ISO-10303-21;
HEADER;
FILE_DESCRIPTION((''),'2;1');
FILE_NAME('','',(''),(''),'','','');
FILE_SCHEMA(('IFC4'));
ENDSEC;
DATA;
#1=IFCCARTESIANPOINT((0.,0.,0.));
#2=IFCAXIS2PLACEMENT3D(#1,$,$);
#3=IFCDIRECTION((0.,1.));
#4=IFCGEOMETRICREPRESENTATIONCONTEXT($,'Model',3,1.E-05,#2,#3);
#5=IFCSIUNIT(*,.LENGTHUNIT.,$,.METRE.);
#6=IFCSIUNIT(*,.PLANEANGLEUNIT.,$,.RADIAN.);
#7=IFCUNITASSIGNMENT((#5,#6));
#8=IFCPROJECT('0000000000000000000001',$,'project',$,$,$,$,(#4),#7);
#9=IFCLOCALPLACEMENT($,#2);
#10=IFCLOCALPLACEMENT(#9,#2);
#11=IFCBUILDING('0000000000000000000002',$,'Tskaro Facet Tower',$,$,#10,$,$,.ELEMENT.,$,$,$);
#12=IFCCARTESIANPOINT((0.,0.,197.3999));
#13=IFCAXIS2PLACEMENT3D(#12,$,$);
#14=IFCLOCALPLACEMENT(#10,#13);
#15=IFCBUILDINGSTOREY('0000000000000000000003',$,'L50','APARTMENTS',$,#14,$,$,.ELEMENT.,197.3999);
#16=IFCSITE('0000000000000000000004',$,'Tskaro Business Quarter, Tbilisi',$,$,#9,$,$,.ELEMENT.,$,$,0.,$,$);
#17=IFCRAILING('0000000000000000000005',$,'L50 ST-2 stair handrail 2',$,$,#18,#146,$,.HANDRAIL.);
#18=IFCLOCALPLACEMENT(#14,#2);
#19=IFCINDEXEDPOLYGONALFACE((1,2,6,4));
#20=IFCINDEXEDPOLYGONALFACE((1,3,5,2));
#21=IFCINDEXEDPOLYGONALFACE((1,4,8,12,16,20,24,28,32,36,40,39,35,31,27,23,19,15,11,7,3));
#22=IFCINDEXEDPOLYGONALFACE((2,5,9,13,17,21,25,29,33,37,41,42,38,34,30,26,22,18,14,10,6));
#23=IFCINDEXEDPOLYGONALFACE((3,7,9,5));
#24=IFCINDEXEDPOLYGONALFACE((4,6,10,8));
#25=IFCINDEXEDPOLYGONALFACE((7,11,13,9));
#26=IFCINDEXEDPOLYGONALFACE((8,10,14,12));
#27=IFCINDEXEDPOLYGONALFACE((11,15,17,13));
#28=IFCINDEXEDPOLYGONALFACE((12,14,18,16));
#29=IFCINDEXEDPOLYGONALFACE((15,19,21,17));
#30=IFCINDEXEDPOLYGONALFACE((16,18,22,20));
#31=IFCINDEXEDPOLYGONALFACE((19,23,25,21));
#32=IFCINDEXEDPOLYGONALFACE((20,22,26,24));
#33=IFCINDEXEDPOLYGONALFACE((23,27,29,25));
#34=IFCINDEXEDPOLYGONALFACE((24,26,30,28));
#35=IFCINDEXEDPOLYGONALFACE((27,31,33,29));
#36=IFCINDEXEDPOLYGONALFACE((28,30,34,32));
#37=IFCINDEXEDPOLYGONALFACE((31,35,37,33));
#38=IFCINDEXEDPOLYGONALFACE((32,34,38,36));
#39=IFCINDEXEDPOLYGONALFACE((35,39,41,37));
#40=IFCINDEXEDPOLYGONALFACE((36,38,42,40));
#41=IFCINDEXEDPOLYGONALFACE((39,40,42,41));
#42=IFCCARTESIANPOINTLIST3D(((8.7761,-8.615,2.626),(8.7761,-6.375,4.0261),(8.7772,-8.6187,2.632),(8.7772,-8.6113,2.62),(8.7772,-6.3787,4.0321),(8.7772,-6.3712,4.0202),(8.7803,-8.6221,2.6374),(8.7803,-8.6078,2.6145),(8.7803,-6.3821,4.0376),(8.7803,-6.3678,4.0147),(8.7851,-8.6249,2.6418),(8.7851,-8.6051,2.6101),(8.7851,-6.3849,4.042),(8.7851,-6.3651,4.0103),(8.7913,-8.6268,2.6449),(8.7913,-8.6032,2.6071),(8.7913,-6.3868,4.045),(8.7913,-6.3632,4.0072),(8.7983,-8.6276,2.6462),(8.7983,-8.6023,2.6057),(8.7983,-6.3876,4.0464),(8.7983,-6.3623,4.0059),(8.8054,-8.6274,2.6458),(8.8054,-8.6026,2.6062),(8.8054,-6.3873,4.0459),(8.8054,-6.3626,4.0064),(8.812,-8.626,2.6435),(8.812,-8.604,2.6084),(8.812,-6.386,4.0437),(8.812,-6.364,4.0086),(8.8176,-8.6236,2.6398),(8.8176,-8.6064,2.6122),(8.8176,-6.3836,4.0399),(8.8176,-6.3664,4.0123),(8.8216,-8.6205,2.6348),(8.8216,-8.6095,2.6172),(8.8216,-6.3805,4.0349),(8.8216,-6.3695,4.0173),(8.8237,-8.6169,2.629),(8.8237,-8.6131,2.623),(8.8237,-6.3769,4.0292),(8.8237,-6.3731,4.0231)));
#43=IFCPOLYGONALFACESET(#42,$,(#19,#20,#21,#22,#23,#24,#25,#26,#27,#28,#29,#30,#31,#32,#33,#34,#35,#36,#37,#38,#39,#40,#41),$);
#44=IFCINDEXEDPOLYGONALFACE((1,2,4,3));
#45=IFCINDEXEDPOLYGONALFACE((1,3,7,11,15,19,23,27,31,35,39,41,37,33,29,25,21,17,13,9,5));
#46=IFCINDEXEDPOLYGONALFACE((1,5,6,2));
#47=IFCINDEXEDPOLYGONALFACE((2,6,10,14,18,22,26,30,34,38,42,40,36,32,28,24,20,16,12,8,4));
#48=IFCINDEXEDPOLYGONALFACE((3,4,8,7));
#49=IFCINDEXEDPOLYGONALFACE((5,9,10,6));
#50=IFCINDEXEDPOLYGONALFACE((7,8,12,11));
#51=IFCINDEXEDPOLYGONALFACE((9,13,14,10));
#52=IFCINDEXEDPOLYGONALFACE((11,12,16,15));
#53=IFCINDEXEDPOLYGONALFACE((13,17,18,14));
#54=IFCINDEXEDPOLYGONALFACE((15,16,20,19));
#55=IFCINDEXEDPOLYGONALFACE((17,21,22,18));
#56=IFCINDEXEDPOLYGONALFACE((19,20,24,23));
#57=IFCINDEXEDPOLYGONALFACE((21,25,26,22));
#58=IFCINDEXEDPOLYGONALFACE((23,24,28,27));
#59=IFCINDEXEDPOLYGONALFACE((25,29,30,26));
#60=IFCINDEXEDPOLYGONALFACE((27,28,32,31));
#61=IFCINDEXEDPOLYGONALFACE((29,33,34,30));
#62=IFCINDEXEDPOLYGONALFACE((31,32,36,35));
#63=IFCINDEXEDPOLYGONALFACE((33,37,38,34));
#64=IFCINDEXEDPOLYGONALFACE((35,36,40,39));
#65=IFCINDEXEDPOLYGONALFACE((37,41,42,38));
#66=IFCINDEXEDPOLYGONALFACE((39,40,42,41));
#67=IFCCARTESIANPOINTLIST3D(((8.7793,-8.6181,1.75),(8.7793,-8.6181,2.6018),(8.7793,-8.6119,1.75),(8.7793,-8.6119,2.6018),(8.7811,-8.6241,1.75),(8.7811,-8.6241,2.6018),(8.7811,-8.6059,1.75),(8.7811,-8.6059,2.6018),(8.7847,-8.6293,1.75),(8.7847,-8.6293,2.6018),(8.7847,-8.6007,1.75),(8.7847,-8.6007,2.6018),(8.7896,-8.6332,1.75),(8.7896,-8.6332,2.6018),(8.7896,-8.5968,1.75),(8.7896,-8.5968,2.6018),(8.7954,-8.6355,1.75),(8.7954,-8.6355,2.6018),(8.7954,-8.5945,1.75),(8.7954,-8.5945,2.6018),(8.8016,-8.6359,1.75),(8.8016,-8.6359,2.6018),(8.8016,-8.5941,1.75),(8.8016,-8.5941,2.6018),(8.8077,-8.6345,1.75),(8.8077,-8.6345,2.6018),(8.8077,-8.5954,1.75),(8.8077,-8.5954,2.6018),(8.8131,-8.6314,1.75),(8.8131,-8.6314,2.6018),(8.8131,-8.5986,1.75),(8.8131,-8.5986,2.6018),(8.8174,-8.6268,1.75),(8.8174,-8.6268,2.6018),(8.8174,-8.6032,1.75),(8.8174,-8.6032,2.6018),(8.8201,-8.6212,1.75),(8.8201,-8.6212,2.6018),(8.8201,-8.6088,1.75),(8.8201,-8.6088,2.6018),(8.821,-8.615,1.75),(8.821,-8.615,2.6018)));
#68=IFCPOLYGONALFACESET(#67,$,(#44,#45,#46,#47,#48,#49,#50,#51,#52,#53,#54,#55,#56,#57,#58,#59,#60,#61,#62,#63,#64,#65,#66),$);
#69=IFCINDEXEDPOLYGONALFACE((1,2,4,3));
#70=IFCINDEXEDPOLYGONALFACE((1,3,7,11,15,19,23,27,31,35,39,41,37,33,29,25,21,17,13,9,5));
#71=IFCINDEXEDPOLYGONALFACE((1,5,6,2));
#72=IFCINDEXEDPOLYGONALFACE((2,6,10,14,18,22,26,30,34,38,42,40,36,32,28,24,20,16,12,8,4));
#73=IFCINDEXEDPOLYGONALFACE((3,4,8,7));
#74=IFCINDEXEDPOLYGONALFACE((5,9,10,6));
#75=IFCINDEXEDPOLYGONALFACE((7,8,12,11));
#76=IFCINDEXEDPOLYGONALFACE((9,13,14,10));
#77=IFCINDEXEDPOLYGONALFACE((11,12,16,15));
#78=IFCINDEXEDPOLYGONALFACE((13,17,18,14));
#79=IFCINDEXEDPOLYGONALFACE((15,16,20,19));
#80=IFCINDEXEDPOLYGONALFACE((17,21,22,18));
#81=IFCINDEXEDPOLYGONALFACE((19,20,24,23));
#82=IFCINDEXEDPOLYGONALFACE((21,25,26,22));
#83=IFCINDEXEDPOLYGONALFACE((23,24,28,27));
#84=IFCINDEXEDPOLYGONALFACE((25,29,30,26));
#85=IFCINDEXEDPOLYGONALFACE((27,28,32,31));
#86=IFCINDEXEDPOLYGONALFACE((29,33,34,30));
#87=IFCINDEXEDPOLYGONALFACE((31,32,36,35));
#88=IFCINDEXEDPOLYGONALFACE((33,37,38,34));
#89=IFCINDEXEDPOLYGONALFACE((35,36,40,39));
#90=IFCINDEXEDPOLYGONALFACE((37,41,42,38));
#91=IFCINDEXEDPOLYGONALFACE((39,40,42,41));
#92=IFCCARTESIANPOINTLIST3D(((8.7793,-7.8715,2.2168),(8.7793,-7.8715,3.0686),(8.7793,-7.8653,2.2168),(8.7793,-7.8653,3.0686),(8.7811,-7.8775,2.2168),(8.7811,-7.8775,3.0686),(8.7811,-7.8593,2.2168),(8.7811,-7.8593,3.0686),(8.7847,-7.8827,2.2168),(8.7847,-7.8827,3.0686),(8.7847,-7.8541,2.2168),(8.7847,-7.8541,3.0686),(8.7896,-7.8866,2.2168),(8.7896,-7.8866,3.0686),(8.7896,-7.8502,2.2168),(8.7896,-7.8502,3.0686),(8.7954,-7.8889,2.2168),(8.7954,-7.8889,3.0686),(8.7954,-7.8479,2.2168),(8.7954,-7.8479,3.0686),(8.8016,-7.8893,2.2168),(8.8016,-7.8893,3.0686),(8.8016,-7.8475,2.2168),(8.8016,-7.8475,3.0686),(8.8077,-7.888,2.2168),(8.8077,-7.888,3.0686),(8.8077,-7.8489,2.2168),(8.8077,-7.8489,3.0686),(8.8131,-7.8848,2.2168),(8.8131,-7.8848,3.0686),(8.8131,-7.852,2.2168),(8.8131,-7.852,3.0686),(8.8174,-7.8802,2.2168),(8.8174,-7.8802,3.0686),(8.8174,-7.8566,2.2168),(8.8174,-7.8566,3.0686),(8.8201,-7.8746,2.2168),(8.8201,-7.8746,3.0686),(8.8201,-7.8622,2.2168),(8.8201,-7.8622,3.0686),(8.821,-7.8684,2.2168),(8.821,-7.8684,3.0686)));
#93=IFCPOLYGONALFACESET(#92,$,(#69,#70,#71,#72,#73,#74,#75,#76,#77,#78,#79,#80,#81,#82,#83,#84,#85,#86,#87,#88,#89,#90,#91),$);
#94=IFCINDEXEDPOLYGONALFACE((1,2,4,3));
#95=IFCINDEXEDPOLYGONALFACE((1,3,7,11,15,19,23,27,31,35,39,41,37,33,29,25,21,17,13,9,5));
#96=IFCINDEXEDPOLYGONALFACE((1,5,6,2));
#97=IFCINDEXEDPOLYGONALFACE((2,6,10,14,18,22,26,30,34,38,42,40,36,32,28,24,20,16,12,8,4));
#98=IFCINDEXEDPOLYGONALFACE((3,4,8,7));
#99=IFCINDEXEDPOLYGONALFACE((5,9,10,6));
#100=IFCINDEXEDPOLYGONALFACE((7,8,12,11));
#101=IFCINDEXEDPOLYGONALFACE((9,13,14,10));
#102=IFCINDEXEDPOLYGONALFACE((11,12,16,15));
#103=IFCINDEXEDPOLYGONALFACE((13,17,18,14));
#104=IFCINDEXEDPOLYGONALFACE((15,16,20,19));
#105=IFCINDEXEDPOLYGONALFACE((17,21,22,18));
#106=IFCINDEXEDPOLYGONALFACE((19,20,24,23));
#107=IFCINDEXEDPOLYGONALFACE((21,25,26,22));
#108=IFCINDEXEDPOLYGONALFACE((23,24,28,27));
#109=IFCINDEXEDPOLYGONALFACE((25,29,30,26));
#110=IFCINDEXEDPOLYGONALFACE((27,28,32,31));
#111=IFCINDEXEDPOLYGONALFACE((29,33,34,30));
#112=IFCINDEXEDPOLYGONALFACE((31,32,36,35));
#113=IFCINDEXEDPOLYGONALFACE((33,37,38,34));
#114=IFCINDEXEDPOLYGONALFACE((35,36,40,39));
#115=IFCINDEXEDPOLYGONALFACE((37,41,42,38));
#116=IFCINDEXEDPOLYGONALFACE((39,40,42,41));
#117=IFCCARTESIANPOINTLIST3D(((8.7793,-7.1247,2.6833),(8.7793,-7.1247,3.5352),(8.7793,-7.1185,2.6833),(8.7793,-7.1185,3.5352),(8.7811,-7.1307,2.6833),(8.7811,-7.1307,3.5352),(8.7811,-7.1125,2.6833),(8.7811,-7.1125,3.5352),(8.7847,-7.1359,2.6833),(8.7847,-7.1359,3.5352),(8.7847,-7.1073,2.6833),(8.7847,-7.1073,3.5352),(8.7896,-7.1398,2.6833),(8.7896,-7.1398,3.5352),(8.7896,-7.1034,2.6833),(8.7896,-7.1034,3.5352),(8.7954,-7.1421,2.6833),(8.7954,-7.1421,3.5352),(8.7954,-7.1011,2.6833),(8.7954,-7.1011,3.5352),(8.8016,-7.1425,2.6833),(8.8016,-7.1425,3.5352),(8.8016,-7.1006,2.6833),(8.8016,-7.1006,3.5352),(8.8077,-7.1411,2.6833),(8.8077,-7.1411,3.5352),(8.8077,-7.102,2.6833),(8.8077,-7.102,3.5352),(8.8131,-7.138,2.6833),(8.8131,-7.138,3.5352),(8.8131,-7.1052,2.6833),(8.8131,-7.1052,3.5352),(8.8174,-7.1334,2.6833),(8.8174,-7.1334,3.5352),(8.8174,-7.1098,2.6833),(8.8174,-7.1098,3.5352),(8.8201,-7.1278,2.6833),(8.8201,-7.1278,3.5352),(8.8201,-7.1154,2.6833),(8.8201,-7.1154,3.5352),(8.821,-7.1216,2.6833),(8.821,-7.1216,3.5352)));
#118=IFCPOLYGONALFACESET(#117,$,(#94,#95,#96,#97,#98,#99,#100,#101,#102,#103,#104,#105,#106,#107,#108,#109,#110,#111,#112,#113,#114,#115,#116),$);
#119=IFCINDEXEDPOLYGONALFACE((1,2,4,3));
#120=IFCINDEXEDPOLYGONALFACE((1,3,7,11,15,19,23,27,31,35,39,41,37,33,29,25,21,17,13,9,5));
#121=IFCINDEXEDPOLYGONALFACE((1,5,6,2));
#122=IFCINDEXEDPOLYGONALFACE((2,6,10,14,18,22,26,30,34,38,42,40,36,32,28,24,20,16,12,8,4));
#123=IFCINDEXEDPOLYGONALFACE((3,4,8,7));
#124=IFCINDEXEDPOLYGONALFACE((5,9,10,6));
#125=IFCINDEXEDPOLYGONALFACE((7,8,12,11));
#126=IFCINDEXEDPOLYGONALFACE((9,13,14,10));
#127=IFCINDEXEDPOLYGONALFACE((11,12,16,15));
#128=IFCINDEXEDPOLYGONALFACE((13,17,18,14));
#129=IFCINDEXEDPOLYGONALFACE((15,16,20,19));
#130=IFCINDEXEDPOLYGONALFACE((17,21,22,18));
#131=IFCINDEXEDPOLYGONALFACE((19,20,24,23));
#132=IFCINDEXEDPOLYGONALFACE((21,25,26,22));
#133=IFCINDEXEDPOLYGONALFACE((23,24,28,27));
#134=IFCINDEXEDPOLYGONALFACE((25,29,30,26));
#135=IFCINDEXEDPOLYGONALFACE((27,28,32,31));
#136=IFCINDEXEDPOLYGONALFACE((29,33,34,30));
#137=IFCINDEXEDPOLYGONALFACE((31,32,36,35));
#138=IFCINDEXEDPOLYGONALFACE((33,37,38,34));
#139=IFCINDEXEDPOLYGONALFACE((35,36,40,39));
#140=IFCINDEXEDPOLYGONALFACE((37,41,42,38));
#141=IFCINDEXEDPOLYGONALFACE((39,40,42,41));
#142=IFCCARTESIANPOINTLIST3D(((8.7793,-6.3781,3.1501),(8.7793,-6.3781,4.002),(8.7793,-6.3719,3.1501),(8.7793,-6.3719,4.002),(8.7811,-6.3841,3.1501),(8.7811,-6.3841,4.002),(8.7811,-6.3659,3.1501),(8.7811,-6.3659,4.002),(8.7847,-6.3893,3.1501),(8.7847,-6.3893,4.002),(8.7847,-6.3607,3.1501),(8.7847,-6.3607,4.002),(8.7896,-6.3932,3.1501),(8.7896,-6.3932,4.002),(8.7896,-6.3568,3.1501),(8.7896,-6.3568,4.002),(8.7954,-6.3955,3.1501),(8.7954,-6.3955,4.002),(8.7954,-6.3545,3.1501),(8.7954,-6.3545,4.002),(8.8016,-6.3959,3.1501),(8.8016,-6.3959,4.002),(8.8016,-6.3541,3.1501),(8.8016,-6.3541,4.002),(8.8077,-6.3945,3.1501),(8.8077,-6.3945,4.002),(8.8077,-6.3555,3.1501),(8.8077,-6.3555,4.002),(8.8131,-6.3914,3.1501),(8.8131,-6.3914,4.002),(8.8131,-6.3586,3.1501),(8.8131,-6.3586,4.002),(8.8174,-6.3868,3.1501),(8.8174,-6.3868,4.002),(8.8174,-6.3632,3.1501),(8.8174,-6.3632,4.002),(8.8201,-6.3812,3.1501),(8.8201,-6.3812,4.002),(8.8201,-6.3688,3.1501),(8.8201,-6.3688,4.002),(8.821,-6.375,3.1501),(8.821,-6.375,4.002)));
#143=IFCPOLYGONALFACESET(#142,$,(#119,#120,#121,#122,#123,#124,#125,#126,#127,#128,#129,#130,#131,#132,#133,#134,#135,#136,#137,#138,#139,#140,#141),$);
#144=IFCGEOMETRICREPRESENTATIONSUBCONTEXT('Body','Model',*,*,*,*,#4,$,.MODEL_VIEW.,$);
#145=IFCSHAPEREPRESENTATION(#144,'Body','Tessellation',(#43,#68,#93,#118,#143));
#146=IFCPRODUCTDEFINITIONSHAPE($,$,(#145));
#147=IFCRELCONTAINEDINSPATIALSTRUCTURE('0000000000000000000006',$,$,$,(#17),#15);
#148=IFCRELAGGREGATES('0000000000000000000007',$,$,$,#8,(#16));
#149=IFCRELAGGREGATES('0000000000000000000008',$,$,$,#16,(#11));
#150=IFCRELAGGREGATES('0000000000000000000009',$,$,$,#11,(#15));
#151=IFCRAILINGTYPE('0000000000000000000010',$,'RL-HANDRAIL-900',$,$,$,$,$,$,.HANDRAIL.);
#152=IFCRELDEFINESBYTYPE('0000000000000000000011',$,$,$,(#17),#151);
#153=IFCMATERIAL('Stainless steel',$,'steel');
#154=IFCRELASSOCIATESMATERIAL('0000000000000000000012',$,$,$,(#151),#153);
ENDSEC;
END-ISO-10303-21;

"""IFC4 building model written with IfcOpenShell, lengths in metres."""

from ifc_helpers import new_model, si_unit, direction, frame, origin, origin_2d, place, context, subcontext, project, spatial, circle, extrude, material, type_object, element, save


model = new_model("IFC4")

# Units and contexts
model_context = context("Model", 3, precision=1e-05, world=origin(), true_north=direction((0.0, 1.0)))
body_context = subcontext(model_context, "Body", "Model", "MODEL_VIEW")
ifc_project = project(units=[si_unit("LENGTHUNIT", "METRE"), si_unit("PLANEANGLEUNIT", "RADIAN")], contexts=[model_context])

# Site, building, storey
site_placement = place(None, origin())
site = spatial("IfcSite", under=ifc_project, at=site_placement, Name="Tskaro Business Quarter, Tbilisi", CompositionType="ELEMENT", RefElevation=0.0)
building_placement = place(site_placement, origin())
building = spatial("IfcBuilding", under=site, at=building_placement, Name="Tskaro Facet Tower", CompositionType="ELEMENT")
storey_placement = place(building_placement, frame((0.0, 0.0, 197.3999)))
storey = spatial("IfcBuildingStorey", under=building, at=storey_placement, Name="L50", Description="APARTMENTS", CompositionType="ELEMENT", Elevation=197.3999)

# Shared definitions
ifc_material_1 = material(Name="Stainless steel", Category="steel")

# Railing
railing_type_1 = type_object("IfcRailingType", Name="RL-HANDRAIL-900", PredefinedType="HANDRAIL", material=ifc_material_1)
railing_1_placement = place(storey_placement, frame((8.8, -8.615, 1.75)))
element("IfcRailing", 1, at=railing_1_placement, inside=storey, type_object=railing_type_1, Name="L50 ST-2 stair handrail 2", PredefinedType="HANDRAIL", context=body_context, shape_type="SweptSolid", body=[
    extrude(circle(Radius=0.0239, at=origin_2d()), frame((0.0, 0.0, 0.876), z_axis=(0.0, 0.847972, 0.53004), x_axis=(-1.0, 0.0, 0.0)), (0.0, 0.0, 1.0), 2.6416),
    extrude(circle(Radius=0.021, at=origin_2d()), origin(), (0.0, 0.0, 1.0), 0.8518),
    extrude(circle(Radius=0.021, at=origin_2d()), frame((0.0, 0.7466, 0.4668)), (0.0, 0.0, 1.0), 0.8518),
    extrude(circle(Radius=0.021, at=origin_2d()), frame((0.0, 1.4934, 0.9333)), (0.0, 0.0, 1.0), 0.8518),
    extrude(circle(Radius=0.021, at=origin_2d()), frame((0.0, 2.24, 1.4001)), (0.0, 0.0, 1.0), 0.8518),
])

save(model, "model.ifc")
